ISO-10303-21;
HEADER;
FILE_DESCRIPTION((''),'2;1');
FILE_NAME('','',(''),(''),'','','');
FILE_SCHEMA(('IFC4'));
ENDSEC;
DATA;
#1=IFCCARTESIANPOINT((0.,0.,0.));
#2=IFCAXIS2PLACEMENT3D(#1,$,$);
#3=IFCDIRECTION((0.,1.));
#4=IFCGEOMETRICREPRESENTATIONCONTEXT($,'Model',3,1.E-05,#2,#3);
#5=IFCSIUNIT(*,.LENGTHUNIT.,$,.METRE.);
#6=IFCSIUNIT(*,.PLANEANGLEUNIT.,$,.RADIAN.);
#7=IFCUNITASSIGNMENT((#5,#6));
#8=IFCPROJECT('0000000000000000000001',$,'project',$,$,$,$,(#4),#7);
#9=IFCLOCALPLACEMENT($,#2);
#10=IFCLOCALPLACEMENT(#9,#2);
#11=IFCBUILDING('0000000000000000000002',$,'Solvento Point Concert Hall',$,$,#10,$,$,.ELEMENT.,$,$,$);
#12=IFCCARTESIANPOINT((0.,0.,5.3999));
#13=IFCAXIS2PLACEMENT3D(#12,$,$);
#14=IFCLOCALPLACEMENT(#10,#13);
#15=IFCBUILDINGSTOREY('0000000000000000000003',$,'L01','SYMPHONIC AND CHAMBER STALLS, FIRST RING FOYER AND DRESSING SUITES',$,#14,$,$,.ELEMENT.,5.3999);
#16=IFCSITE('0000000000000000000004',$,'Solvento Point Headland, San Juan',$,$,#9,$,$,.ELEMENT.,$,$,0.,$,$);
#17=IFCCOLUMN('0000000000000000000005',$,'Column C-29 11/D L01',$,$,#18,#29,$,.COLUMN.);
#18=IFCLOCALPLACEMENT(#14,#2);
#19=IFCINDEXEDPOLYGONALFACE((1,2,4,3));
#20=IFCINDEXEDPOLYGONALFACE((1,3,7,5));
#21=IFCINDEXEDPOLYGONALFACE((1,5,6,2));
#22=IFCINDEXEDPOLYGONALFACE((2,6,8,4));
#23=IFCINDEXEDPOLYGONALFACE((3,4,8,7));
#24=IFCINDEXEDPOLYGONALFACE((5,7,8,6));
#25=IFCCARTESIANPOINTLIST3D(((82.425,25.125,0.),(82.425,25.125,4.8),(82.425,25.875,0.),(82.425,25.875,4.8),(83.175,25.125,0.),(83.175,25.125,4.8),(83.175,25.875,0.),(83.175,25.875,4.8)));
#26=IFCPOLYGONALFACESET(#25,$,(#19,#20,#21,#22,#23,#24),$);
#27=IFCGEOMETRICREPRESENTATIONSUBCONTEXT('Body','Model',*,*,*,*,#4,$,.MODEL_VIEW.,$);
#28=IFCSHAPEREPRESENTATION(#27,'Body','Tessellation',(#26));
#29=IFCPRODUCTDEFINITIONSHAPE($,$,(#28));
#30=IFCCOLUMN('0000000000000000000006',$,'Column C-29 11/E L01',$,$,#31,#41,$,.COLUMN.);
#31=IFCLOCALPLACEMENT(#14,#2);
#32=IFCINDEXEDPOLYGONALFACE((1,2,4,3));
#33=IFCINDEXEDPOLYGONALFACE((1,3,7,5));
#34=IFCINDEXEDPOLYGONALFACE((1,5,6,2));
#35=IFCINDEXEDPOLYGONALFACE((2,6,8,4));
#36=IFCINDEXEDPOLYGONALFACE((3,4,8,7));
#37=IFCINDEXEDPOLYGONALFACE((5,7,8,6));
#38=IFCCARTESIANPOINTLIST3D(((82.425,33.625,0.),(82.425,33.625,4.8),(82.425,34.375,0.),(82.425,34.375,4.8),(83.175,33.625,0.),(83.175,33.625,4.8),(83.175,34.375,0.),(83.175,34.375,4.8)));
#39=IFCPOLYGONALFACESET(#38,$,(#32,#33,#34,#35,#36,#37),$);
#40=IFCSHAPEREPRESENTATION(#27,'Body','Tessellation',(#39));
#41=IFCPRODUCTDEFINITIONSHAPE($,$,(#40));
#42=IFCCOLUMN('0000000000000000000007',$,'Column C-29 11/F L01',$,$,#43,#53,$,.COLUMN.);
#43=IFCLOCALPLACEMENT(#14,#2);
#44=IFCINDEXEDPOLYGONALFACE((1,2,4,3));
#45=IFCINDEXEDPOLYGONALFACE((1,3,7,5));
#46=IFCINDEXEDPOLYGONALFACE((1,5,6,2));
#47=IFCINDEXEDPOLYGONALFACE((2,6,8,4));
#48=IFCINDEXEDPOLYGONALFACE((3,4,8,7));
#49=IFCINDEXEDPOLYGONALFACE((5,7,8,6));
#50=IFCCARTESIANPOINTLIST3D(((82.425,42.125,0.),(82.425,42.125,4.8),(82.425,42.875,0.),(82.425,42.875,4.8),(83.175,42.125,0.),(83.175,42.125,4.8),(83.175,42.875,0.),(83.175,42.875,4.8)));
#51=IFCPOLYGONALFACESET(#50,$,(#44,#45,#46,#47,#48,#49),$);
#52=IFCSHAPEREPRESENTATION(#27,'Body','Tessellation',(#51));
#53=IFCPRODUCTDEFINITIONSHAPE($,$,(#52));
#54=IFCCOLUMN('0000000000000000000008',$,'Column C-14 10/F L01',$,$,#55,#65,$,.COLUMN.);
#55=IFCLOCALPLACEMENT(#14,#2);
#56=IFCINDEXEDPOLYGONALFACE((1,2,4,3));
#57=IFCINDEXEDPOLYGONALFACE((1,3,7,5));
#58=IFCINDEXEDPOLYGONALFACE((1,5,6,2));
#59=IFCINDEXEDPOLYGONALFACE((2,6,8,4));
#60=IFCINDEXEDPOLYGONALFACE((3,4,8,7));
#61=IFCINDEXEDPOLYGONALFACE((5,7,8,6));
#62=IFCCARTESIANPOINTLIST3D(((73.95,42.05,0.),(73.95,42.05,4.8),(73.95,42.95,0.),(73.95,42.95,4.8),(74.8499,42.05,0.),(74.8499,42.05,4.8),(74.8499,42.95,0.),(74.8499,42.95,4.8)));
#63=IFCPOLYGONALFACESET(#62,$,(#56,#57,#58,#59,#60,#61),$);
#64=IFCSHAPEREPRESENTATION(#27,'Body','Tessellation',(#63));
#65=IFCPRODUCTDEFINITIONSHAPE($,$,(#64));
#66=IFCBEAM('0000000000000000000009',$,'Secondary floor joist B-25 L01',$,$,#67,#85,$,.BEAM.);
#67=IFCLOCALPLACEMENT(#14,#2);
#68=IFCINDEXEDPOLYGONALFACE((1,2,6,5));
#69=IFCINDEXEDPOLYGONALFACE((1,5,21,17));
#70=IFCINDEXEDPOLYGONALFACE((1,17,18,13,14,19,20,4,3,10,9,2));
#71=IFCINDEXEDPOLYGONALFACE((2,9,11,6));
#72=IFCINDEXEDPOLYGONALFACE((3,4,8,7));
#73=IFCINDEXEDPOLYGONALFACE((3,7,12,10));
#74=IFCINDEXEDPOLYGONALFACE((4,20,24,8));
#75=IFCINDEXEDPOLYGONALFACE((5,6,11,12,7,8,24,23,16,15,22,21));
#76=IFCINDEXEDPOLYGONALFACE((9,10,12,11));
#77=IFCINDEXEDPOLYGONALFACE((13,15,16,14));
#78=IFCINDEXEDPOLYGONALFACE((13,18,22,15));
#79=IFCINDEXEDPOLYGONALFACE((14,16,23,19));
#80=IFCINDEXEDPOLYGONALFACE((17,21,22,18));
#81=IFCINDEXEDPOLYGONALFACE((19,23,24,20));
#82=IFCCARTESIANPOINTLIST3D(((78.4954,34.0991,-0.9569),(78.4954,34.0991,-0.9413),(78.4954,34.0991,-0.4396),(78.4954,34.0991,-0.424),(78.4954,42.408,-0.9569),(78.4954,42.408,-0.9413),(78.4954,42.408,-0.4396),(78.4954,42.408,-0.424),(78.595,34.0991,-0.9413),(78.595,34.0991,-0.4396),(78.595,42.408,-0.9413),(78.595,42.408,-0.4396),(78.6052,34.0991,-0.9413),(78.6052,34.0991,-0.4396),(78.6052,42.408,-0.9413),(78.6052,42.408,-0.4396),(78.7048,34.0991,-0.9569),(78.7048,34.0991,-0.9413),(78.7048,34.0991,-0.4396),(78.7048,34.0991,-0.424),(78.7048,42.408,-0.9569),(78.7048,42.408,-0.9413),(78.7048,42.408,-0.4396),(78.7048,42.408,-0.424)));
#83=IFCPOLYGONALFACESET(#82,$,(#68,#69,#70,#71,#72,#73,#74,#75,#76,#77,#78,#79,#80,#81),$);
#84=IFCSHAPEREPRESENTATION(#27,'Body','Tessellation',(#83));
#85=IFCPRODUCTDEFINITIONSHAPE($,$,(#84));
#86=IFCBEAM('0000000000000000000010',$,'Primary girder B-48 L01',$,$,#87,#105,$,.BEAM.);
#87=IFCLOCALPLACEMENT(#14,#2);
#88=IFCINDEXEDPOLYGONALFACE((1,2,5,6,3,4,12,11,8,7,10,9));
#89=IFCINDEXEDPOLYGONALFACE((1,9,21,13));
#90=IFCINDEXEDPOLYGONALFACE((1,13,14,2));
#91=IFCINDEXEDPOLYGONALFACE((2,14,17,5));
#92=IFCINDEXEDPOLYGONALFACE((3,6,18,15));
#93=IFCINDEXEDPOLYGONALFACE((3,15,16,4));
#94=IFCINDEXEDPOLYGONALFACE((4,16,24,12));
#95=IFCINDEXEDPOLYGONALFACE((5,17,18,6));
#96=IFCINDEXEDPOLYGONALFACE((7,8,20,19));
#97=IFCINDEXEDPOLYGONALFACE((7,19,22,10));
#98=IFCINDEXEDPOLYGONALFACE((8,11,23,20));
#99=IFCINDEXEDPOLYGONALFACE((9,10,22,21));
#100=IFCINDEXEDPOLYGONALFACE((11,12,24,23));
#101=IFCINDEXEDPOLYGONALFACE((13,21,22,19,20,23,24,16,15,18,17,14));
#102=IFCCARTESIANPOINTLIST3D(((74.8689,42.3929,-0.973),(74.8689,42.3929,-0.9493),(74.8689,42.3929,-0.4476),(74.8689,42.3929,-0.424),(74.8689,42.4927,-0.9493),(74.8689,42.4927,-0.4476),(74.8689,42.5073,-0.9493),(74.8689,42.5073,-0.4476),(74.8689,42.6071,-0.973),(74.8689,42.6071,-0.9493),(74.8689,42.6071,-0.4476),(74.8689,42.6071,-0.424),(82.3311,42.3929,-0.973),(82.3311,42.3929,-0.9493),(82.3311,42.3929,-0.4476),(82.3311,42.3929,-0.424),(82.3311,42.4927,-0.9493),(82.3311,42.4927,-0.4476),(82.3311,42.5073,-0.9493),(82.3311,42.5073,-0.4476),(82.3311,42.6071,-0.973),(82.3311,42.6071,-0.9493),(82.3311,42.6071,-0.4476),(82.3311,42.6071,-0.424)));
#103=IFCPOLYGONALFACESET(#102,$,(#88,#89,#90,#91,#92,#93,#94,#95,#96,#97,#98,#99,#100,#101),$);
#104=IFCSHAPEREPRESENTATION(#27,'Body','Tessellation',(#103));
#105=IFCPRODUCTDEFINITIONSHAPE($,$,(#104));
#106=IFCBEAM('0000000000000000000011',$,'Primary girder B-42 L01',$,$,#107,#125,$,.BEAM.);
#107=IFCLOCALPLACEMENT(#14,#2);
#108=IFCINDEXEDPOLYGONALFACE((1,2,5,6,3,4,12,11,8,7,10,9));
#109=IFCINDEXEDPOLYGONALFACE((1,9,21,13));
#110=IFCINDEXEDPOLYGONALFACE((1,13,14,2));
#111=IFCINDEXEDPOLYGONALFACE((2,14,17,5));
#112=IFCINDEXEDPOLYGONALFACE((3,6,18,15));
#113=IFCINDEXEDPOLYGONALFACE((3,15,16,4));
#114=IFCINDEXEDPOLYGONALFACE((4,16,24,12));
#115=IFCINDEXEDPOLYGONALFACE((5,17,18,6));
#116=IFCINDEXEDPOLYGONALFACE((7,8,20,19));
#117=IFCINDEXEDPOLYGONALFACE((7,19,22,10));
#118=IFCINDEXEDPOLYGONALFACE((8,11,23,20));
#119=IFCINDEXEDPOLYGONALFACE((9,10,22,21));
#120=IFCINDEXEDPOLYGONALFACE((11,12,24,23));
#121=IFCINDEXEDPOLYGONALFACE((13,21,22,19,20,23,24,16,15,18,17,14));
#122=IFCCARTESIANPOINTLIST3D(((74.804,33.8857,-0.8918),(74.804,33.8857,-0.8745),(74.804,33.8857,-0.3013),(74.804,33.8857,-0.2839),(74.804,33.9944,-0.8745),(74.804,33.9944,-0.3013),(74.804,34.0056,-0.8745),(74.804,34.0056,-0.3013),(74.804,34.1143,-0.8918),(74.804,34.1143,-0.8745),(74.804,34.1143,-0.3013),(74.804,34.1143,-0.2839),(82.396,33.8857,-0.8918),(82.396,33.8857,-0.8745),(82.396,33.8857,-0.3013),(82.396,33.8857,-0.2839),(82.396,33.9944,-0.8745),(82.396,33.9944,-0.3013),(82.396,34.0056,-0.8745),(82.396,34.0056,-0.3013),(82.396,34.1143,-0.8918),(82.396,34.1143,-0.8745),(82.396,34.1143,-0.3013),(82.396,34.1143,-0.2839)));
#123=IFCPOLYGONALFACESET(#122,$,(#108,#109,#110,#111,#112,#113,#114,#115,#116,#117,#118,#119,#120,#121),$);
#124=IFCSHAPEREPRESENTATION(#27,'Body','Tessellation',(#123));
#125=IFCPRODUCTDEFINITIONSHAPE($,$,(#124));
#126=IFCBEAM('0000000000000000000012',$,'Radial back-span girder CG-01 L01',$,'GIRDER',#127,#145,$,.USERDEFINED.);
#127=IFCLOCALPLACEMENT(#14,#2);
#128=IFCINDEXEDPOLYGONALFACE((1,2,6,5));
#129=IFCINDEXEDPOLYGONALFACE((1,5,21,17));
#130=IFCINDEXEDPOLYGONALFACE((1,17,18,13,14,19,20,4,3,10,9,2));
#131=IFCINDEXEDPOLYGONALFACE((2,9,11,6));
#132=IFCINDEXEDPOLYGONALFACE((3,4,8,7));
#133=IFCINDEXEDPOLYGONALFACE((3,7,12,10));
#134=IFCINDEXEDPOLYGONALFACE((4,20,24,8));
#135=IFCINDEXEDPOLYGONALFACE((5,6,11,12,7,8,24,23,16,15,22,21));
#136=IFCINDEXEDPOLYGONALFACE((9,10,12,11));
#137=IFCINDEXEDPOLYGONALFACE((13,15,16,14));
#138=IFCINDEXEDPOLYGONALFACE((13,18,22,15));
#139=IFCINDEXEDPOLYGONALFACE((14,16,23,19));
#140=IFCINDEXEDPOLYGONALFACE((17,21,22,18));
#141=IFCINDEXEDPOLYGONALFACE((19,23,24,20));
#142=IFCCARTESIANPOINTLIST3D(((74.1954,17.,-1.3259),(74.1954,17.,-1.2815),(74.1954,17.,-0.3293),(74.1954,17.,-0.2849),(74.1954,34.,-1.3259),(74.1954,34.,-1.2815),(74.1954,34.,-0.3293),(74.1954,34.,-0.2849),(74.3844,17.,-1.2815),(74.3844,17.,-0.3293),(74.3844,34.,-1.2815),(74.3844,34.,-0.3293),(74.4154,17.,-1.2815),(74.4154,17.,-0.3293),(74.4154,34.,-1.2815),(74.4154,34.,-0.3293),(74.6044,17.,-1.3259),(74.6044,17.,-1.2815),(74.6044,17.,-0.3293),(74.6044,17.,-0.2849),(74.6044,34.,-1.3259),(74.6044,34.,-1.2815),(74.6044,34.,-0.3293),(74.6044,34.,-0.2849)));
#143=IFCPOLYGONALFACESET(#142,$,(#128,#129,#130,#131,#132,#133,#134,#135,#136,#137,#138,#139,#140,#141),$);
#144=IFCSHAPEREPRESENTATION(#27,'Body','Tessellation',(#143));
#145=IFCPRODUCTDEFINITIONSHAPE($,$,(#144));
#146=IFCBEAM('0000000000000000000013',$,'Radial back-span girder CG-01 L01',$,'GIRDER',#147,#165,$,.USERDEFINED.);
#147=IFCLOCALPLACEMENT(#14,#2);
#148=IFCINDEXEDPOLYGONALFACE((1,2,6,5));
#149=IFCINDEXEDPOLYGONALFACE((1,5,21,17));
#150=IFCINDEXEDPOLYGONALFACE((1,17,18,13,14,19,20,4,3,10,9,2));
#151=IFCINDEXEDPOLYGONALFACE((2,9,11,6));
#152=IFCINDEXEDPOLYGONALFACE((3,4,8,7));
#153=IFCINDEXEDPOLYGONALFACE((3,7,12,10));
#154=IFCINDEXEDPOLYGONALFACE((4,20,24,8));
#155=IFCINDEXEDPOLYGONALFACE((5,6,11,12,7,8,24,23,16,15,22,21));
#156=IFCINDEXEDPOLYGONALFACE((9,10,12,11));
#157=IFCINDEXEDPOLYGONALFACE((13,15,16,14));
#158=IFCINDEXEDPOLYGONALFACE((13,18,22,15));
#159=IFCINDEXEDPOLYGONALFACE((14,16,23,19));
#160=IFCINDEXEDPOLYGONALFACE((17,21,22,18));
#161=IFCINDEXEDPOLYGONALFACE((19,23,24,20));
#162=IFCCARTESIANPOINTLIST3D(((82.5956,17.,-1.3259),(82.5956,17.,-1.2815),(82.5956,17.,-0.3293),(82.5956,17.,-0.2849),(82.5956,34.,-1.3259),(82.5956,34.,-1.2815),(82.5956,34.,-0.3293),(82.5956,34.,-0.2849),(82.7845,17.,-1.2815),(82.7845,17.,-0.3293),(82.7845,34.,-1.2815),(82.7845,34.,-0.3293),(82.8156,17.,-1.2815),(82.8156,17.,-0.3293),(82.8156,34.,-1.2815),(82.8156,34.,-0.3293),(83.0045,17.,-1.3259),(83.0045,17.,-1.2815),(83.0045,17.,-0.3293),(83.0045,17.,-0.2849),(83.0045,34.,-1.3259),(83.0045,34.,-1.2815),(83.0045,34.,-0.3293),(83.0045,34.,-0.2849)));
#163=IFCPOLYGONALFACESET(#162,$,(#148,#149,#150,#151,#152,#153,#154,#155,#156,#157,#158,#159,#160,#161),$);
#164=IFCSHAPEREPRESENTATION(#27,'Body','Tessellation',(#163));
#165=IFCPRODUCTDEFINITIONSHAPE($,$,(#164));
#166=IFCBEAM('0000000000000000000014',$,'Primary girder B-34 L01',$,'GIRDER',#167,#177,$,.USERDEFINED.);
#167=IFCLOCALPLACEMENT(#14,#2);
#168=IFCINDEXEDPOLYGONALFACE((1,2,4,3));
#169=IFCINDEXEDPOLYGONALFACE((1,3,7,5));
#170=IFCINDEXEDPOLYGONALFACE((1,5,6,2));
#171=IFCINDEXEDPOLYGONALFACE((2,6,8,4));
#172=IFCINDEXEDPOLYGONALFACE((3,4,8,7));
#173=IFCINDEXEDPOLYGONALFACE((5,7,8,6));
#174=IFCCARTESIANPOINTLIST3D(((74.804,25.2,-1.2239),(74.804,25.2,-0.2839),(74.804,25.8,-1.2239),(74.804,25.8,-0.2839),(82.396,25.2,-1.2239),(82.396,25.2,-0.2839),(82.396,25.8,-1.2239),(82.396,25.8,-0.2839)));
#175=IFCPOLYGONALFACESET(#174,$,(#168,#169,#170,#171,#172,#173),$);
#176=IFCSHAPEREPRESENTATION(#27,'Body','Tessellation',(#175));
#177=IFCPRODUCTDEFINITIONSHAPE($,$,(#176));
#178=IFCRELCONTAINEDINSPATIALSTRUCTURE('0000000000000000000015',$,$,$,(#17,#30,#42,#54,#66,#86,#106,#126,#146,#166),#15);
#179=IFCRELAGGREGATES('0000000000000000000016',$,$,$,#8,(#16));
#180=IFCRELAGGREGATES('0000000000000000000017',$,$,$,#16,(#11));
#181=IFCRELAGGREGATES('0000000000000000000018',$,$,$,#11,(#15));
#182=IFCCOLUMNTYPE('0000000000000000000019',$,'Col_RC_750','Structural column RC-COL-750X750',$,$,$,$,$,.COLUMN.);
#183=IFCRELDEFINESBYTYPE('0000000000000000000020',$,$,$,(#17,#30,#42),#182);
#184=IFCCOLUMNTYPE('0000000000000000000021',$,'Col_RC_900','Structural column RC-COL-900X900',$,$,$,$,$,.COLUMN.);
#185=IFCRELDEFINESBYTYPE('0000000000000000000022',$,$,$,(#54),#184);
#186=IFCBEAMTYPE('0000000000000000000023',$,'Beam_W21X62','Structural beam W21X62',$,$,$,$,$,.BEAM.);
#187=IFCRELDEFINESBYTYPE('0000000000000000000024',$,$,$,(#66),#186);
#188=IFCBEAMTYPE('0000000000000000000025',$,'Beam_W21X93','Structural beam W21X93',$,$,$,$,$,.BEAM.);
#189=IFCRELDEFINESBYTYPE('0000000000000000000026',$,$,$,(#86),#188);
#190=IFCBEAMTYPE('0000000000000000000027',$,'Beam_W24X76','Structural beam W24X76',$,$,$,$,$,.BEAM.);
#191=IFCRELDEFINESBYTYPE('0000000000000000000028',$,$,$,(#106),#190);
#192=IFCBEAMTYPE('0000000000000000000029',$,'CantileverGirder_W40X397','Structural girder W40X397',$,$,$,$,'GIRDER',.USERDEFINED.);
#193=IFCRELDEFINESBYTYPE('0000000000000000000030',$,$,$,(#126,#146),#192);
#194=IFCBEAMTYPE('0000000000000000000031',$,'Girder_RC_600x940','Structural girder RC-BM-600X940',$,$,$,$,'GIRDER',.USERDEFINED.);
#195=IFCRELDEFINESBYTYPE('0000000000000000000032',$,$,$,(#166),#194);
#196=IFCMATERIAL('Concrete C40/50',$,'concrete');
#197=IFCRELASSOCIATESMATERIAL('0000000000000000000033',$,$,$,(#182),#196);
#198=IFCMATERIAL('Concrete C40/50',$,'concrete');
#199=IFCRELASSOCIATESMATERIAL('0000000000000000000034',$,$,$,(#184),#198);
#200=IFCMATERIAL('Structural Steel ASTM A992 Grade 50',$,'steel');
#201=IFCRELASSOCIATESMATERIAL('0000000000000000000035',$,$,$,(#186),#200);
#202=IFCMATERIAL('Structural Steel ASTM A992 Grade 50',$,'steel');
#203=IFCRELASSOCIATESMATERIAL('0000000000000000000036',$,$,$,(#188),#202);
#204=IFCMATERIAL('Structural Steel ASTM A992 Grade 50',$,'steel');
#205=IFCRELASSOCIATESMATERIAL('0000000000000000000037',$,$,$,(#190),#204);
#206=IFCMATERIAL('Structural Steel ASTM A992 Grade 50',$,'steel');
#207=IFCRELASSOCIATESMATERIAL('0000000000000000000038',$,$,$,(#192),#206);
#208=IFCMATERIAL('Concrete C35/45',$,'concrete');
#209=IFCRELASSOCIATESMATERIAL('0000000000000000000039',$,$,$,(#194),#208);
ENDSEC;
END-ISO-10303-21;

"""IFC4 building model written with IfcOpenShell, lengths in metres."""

from ifc_helpers import new_model, si_unit, direction, frame, origin, origin_2d, place, context, subcontext, project, spatial, rectangle, i_section, extrude, material, material_profile, profile_set, type_object, element, save


model = new_model("IFC4")

# Units and contexts
model_context = context("Model", 3, precision=1e-05, world=origin(), true_north=direction((0.0, 1.0)))
body_context = subcontext(model_context, "Body", "Model", "MODEL_VIEW")
ifc_project = project(units=[si_unit("LENGTHUNIT", "METRE"), si_unit("PLANEANGLEUNIT", "RADIAN")], contexts=[model_context])

# Site, building, storey
site_placement = place(None, origin())
site = spatial("IfcSite", under=ifc_project, at=site_placement, Name="Solvento Point Headland, San Juan", CompositionType="ELEMENT", RefElevation=0.0)
building_placement = place(site_placement, origin())
building = spatial("IfcBuilding", under=site, at=building_placement, Name="Solvento Point Concert Hall", CompositionType="ELEMENT")
storey_placement = place(building_placement, frame((0.0, 0.0, 5.3999)))
storey = spatial("IfcBuildingStorey", under=building, at=storey_placement, Name="L01", Description="SYMPHONIC AND CHAMBER STALLS, FIRST RING FOYER AND DRESSING SUITES", CompositionType="ELEMENT", Elevation=5.3999)

# Columns
ifc_material_1 = material(Name="Concrete C40/50", Category="concrete")
ifc_material_profile_1 = material_profile(ifc_material_1, rectangle(XDim=0.75, YDim=0.75, at=origin_2d()), Name="RC-COL-750X750")
ifc_profile_set_1 = profile_set([ifc_material_profile_1], Name="Concrete C40/50")
column_type_1 = type_object("IfcColumnType", Name="Col_RC_750", Description="Structural column RC-COL-750X750", PredefinedType="COLUMN", material=ifc_profile_set_1)
for number, where, z_axis, x_axis, name in (
    (1, (82.8, 25.5, 0.0), (0.0, 0.0, 1.0), (1.0, 0.0, 0.0), "Column C-29 11/D L01"),
    (2, (82.8, 34.0, 0.0), (0.0, 0.0, 1.0), (1.0, 0.0, 0.0), "Column C-29 11/E L01"),
    (3, (82.8, 42.5, 0.0), (0.0, 0.0, 1.0), (1.0, 0.0, 0.0), "Column C-29 11/F L01"),
):
    element("IfcColumn", number, at=place(storey_placement, frame(where, z_axis=z_axis, x_axis=x_axis)), inside=storey, type_object=column_type_1, Name=name, PredefinedType="COLUMN", context=body_context, shape_type="SweptSolid", body=[
        extrude(rectangle(XDim=0.75, YDim=0.75, at=origin_2d()), origin(), (0.0, 0.0, 1.0), 4.8),
    ])
ifc_material_2 = material(Name="Concrete C40/50", Category="concrete")
ifc_material_profile_2 = material_profile(ifc_material_2, rectangle(XDim=0.8999, YDim=0.8999, at=origin_2d()), Name="RC-COL-900X900")
ifc_profile_set_2 = profile_set([ifc_material_profile_2], Name="Concrete C40/50")
column_type_2 = type_object("IfcColumnType", Name="Col_RC_900", Description="Structural column RC-COL-900X900", PredefinedType="COLUMN", material=ifc_profile_set_2)
column_placement = place(storey_placement, frame((74.3999, 42.5, 0.0), z_axis=(0.0, 0.0, 1.0), x_axis=(1.0, 0.0, 0.0)))
element("IfcColumn", 4, at=column_placement, inside=storey, type_object=column_type_2, Name="Column C-14 10/F L01", PredefinedType="COLUMN", context=body_context, shape_type="SweptSolid", body=[
    extrude(rectangle(XDim=0.8999, YDim=0.8999, at=origin_2d()), origin(), (0.0, 0.0, 1.0), 4.8),
])

# Beams
ifc_material_3 = material(Name="Structural Steel ASTM A992 Grade 50", Category="steel")
ifc_material_profile_3 = material_profile(ifc_material_3, i_section(OverallWidth=0.2095, OverallDepth=0.533, WebThickness=0.0103, FlangeThickness=0.0156, at=origin_2d()), Name="W21X62")
ifc_profile_set_3 = profile_set([ifc_material_profile_3], Name="Structural Steel ASTM A992 Grade 50")
beam_type_1 = type_object("IfcBeamType", Name="Beam_W21X62", Description="Structural beam W21X62", PredefinedType="BEAM", material=ifc_profile_set_3)
beam_1_placement = place(storey_placement, frame((78.6001, 34.0991, -0.6904), z_axis=(0.0, 1.0, 0.0), x_axis=(-1.0, 0.0, 0.0)))
element("IfcBeam", 5, at=beam_1_placement, inside=storey, type_object=beam_type_1, Name="Secondary floor joist B-25 L01", PredefinedType="BEAM", context=body_context, shape_type="SweptSolid", body=[
    extrude(i_section(OverallWidth=0.2095, OverallDepth=0.533, WebThickness=0.0103, FlangeThickness=0.0156, at=origin_2d()), origin(), (0.0, 0.0, 1.0), 8.3088),
])
ifc_material_4 = material(Name="Structural Steel ASTM A992 Grade 50", Category="steel")
ifc_material_profile_4 = material_profile(ifc_material_4, i_section(OverallWidth=0.2141, OverallDepth=0.5491, WebThickness=0.0146, FlangeThickness=0.0237, at=origin_2d()), Name="W21X93")
ifc_profile_set_4 = profile_set([ifc_material_profile_4], Name="Structural Steel ASTM A992 Grade 50")
beam_type_2 = type_object("IfcBeamType", Name="Beam_W21X93", Description="Structural beam W21X93", PredefinedType="BEAM", material=ifc_profile_set_4)
beam_2_placement = place(storey_placement, frame((74.8689, 42.5, -0.6985), z_axis=(1.0, 0.0, 0.0), x_axis=(0.0, 1.0, 0.0)))
element("IfcBeam", 6, at=beam_2_placement, inside=storey, type_object=beam_type_2, Name="Primary girder B-48 L01", PredefinedType="BEAM", context=body_context, shape_type="SweptSolid", body=[
    extrude(i_section(OverallWidth=0.2141, OverallDepth=0.5491, WebThickness=0.0146, FlangeThickness=0.0237, at=origin_2d()), origin(), (0.0, 0.0, 1.0), 7.4622),
])
ifc_material_5 = material(Name="Structural Steel ASTM A992 Grade 50", Category="steel")
ifc_material_profile_5 = material_profile(ifc_material_5, i_section(OverallWidth=0.2285, OverallDepth=0.6079, WebThickness=0.0112, FlangeThickness=0.0173, at=origin_2d()), Name="W24X76")
ifc_profile_set_5 = profile_set([ifc_material_profile_5], Name="Structural Steel ASTM A992 Grade 50")
beam_type_3 = type_object("IfcBeamType", Name="Beam_W24X76", Description="Structural beam W24X76", PredefinedType="BEAM", material=ifc_profile_set_5)
beam_3_placement = place(storey_placement, frame((74.804, 34.0, -0.5879), z_axis=(1.0, 0.0, 0.0), x_axis=(0.0, 1.0, 0.0)))
element("IfcBeam", 7, at=beam_3_placement, inside=storey, type_object=beam_type_3, Name="Primary girder B-42 L01", PredefinedType="BEAM", context=body_context, shape_type="SweptSolid", body=[
    extrude(i_section(OverallWidth=0.2285, OverallDepth=0.6079, WebThickness=0.0112, FlangeThickness=0.0173, at=origin_2d()), origin(), (0.0, 0.0, 1.0), 7.592),
])
ifc_material_6 = material(Name="Structural Steel ASTM A992 Grade 50", Category="steel")
ifc_material_profile_6 = material_profile(ifc_material_6, i_section(OverallWidth=0.4089, OverallDepth=1.041, WebThickness=0.031, FlangeThickness=0.0444, at=origin_2d()), Name="W40X397")
ifc_profile_set_6 = profile_set([ifc_material_profile_6], Name="Structural Steel ASTM A992 Grade 50")
beam_type_4 = type_object("IfcBeamType", Name="CantileverGirder_W40X397", Description="Structural girder W40X397", ElementType="GIRDER", PredefinedType="USERDEFINED", material=ifc_profile_set_6)
for number, where, z_axis, x_axis, name in (
    (8, (74.3999, 34.0, -0.8054), (0.0, -1.0, 0.0), (1.0, 0.0, 0.0), "Radial back-span girder CG-01 L01"),
    (9, (82.8, 34.0, -0.8054), (0.0, -1.0, 0.0), (1.0, 0.0, 0.0), "Radial back-span girder CG-01 L01"),
):
    element("IfcBeam", number, at=place(storey_placement, frame(where, z_axis=z_axis, x_axis=x_axis)), inside=storey, type_object=beam_type_4, Name=name, ObjectType="GIRDER", PredefinedType="USERDEFINED", context=body_context, shape_type="SweptSolid", body=[
        extrude(i_section(OverallWidth=0.4089, OverallDepth=1.041, WebThickness=0.031, FlangeThickness=0.0444, at=origin_2d()), origin(), (0.0, 0.0, 1.0), 17.0),
    ])
ifc_material_7 = material(Name="Concrete C35/45", Category="concrete")
ifc_material_profile_7 = material_profile(ifc_material_7, rectangle(XDim=0.6001, YDim=0.9399, at=origin_2d()), Name="RC-BM-600X940")
ifc_profile_set_7 = profile_set([ifc_material_profile_7], Name="Concrete C35/45")
beam_type_5 = type_object("IfcBeamType", Name="Girder_RC_600x940", Description="Structural girder RC-BM-600X940", ElementType="GIRDER", PredefinedType="USERDEFINED", material=ifc_profile_set_7)
beam_4_placement = place(storey_placement, frame((74.804, 25.5, -0.7539), z_axis=(1.0, 0.0, 0.0), x_axis=(0.0, 1.0, 0.0)))
element("IfcBeam", 10, at=beam_4_placement, inside=storey, type_object=beam_type_5, Name="Primary girder B-34 L01", ObjectType="GIRDER", PredefinedType="USERDEFINED", context=body_context, shape_type="SweptSolid", body=[
    extrude(rectangle(XDim=0.6001, YDim=0.9399, at=origin_2d()), origin(), (0.0, 0.0, 1.0), 7.592),
])

save(model, "model.ifc")
